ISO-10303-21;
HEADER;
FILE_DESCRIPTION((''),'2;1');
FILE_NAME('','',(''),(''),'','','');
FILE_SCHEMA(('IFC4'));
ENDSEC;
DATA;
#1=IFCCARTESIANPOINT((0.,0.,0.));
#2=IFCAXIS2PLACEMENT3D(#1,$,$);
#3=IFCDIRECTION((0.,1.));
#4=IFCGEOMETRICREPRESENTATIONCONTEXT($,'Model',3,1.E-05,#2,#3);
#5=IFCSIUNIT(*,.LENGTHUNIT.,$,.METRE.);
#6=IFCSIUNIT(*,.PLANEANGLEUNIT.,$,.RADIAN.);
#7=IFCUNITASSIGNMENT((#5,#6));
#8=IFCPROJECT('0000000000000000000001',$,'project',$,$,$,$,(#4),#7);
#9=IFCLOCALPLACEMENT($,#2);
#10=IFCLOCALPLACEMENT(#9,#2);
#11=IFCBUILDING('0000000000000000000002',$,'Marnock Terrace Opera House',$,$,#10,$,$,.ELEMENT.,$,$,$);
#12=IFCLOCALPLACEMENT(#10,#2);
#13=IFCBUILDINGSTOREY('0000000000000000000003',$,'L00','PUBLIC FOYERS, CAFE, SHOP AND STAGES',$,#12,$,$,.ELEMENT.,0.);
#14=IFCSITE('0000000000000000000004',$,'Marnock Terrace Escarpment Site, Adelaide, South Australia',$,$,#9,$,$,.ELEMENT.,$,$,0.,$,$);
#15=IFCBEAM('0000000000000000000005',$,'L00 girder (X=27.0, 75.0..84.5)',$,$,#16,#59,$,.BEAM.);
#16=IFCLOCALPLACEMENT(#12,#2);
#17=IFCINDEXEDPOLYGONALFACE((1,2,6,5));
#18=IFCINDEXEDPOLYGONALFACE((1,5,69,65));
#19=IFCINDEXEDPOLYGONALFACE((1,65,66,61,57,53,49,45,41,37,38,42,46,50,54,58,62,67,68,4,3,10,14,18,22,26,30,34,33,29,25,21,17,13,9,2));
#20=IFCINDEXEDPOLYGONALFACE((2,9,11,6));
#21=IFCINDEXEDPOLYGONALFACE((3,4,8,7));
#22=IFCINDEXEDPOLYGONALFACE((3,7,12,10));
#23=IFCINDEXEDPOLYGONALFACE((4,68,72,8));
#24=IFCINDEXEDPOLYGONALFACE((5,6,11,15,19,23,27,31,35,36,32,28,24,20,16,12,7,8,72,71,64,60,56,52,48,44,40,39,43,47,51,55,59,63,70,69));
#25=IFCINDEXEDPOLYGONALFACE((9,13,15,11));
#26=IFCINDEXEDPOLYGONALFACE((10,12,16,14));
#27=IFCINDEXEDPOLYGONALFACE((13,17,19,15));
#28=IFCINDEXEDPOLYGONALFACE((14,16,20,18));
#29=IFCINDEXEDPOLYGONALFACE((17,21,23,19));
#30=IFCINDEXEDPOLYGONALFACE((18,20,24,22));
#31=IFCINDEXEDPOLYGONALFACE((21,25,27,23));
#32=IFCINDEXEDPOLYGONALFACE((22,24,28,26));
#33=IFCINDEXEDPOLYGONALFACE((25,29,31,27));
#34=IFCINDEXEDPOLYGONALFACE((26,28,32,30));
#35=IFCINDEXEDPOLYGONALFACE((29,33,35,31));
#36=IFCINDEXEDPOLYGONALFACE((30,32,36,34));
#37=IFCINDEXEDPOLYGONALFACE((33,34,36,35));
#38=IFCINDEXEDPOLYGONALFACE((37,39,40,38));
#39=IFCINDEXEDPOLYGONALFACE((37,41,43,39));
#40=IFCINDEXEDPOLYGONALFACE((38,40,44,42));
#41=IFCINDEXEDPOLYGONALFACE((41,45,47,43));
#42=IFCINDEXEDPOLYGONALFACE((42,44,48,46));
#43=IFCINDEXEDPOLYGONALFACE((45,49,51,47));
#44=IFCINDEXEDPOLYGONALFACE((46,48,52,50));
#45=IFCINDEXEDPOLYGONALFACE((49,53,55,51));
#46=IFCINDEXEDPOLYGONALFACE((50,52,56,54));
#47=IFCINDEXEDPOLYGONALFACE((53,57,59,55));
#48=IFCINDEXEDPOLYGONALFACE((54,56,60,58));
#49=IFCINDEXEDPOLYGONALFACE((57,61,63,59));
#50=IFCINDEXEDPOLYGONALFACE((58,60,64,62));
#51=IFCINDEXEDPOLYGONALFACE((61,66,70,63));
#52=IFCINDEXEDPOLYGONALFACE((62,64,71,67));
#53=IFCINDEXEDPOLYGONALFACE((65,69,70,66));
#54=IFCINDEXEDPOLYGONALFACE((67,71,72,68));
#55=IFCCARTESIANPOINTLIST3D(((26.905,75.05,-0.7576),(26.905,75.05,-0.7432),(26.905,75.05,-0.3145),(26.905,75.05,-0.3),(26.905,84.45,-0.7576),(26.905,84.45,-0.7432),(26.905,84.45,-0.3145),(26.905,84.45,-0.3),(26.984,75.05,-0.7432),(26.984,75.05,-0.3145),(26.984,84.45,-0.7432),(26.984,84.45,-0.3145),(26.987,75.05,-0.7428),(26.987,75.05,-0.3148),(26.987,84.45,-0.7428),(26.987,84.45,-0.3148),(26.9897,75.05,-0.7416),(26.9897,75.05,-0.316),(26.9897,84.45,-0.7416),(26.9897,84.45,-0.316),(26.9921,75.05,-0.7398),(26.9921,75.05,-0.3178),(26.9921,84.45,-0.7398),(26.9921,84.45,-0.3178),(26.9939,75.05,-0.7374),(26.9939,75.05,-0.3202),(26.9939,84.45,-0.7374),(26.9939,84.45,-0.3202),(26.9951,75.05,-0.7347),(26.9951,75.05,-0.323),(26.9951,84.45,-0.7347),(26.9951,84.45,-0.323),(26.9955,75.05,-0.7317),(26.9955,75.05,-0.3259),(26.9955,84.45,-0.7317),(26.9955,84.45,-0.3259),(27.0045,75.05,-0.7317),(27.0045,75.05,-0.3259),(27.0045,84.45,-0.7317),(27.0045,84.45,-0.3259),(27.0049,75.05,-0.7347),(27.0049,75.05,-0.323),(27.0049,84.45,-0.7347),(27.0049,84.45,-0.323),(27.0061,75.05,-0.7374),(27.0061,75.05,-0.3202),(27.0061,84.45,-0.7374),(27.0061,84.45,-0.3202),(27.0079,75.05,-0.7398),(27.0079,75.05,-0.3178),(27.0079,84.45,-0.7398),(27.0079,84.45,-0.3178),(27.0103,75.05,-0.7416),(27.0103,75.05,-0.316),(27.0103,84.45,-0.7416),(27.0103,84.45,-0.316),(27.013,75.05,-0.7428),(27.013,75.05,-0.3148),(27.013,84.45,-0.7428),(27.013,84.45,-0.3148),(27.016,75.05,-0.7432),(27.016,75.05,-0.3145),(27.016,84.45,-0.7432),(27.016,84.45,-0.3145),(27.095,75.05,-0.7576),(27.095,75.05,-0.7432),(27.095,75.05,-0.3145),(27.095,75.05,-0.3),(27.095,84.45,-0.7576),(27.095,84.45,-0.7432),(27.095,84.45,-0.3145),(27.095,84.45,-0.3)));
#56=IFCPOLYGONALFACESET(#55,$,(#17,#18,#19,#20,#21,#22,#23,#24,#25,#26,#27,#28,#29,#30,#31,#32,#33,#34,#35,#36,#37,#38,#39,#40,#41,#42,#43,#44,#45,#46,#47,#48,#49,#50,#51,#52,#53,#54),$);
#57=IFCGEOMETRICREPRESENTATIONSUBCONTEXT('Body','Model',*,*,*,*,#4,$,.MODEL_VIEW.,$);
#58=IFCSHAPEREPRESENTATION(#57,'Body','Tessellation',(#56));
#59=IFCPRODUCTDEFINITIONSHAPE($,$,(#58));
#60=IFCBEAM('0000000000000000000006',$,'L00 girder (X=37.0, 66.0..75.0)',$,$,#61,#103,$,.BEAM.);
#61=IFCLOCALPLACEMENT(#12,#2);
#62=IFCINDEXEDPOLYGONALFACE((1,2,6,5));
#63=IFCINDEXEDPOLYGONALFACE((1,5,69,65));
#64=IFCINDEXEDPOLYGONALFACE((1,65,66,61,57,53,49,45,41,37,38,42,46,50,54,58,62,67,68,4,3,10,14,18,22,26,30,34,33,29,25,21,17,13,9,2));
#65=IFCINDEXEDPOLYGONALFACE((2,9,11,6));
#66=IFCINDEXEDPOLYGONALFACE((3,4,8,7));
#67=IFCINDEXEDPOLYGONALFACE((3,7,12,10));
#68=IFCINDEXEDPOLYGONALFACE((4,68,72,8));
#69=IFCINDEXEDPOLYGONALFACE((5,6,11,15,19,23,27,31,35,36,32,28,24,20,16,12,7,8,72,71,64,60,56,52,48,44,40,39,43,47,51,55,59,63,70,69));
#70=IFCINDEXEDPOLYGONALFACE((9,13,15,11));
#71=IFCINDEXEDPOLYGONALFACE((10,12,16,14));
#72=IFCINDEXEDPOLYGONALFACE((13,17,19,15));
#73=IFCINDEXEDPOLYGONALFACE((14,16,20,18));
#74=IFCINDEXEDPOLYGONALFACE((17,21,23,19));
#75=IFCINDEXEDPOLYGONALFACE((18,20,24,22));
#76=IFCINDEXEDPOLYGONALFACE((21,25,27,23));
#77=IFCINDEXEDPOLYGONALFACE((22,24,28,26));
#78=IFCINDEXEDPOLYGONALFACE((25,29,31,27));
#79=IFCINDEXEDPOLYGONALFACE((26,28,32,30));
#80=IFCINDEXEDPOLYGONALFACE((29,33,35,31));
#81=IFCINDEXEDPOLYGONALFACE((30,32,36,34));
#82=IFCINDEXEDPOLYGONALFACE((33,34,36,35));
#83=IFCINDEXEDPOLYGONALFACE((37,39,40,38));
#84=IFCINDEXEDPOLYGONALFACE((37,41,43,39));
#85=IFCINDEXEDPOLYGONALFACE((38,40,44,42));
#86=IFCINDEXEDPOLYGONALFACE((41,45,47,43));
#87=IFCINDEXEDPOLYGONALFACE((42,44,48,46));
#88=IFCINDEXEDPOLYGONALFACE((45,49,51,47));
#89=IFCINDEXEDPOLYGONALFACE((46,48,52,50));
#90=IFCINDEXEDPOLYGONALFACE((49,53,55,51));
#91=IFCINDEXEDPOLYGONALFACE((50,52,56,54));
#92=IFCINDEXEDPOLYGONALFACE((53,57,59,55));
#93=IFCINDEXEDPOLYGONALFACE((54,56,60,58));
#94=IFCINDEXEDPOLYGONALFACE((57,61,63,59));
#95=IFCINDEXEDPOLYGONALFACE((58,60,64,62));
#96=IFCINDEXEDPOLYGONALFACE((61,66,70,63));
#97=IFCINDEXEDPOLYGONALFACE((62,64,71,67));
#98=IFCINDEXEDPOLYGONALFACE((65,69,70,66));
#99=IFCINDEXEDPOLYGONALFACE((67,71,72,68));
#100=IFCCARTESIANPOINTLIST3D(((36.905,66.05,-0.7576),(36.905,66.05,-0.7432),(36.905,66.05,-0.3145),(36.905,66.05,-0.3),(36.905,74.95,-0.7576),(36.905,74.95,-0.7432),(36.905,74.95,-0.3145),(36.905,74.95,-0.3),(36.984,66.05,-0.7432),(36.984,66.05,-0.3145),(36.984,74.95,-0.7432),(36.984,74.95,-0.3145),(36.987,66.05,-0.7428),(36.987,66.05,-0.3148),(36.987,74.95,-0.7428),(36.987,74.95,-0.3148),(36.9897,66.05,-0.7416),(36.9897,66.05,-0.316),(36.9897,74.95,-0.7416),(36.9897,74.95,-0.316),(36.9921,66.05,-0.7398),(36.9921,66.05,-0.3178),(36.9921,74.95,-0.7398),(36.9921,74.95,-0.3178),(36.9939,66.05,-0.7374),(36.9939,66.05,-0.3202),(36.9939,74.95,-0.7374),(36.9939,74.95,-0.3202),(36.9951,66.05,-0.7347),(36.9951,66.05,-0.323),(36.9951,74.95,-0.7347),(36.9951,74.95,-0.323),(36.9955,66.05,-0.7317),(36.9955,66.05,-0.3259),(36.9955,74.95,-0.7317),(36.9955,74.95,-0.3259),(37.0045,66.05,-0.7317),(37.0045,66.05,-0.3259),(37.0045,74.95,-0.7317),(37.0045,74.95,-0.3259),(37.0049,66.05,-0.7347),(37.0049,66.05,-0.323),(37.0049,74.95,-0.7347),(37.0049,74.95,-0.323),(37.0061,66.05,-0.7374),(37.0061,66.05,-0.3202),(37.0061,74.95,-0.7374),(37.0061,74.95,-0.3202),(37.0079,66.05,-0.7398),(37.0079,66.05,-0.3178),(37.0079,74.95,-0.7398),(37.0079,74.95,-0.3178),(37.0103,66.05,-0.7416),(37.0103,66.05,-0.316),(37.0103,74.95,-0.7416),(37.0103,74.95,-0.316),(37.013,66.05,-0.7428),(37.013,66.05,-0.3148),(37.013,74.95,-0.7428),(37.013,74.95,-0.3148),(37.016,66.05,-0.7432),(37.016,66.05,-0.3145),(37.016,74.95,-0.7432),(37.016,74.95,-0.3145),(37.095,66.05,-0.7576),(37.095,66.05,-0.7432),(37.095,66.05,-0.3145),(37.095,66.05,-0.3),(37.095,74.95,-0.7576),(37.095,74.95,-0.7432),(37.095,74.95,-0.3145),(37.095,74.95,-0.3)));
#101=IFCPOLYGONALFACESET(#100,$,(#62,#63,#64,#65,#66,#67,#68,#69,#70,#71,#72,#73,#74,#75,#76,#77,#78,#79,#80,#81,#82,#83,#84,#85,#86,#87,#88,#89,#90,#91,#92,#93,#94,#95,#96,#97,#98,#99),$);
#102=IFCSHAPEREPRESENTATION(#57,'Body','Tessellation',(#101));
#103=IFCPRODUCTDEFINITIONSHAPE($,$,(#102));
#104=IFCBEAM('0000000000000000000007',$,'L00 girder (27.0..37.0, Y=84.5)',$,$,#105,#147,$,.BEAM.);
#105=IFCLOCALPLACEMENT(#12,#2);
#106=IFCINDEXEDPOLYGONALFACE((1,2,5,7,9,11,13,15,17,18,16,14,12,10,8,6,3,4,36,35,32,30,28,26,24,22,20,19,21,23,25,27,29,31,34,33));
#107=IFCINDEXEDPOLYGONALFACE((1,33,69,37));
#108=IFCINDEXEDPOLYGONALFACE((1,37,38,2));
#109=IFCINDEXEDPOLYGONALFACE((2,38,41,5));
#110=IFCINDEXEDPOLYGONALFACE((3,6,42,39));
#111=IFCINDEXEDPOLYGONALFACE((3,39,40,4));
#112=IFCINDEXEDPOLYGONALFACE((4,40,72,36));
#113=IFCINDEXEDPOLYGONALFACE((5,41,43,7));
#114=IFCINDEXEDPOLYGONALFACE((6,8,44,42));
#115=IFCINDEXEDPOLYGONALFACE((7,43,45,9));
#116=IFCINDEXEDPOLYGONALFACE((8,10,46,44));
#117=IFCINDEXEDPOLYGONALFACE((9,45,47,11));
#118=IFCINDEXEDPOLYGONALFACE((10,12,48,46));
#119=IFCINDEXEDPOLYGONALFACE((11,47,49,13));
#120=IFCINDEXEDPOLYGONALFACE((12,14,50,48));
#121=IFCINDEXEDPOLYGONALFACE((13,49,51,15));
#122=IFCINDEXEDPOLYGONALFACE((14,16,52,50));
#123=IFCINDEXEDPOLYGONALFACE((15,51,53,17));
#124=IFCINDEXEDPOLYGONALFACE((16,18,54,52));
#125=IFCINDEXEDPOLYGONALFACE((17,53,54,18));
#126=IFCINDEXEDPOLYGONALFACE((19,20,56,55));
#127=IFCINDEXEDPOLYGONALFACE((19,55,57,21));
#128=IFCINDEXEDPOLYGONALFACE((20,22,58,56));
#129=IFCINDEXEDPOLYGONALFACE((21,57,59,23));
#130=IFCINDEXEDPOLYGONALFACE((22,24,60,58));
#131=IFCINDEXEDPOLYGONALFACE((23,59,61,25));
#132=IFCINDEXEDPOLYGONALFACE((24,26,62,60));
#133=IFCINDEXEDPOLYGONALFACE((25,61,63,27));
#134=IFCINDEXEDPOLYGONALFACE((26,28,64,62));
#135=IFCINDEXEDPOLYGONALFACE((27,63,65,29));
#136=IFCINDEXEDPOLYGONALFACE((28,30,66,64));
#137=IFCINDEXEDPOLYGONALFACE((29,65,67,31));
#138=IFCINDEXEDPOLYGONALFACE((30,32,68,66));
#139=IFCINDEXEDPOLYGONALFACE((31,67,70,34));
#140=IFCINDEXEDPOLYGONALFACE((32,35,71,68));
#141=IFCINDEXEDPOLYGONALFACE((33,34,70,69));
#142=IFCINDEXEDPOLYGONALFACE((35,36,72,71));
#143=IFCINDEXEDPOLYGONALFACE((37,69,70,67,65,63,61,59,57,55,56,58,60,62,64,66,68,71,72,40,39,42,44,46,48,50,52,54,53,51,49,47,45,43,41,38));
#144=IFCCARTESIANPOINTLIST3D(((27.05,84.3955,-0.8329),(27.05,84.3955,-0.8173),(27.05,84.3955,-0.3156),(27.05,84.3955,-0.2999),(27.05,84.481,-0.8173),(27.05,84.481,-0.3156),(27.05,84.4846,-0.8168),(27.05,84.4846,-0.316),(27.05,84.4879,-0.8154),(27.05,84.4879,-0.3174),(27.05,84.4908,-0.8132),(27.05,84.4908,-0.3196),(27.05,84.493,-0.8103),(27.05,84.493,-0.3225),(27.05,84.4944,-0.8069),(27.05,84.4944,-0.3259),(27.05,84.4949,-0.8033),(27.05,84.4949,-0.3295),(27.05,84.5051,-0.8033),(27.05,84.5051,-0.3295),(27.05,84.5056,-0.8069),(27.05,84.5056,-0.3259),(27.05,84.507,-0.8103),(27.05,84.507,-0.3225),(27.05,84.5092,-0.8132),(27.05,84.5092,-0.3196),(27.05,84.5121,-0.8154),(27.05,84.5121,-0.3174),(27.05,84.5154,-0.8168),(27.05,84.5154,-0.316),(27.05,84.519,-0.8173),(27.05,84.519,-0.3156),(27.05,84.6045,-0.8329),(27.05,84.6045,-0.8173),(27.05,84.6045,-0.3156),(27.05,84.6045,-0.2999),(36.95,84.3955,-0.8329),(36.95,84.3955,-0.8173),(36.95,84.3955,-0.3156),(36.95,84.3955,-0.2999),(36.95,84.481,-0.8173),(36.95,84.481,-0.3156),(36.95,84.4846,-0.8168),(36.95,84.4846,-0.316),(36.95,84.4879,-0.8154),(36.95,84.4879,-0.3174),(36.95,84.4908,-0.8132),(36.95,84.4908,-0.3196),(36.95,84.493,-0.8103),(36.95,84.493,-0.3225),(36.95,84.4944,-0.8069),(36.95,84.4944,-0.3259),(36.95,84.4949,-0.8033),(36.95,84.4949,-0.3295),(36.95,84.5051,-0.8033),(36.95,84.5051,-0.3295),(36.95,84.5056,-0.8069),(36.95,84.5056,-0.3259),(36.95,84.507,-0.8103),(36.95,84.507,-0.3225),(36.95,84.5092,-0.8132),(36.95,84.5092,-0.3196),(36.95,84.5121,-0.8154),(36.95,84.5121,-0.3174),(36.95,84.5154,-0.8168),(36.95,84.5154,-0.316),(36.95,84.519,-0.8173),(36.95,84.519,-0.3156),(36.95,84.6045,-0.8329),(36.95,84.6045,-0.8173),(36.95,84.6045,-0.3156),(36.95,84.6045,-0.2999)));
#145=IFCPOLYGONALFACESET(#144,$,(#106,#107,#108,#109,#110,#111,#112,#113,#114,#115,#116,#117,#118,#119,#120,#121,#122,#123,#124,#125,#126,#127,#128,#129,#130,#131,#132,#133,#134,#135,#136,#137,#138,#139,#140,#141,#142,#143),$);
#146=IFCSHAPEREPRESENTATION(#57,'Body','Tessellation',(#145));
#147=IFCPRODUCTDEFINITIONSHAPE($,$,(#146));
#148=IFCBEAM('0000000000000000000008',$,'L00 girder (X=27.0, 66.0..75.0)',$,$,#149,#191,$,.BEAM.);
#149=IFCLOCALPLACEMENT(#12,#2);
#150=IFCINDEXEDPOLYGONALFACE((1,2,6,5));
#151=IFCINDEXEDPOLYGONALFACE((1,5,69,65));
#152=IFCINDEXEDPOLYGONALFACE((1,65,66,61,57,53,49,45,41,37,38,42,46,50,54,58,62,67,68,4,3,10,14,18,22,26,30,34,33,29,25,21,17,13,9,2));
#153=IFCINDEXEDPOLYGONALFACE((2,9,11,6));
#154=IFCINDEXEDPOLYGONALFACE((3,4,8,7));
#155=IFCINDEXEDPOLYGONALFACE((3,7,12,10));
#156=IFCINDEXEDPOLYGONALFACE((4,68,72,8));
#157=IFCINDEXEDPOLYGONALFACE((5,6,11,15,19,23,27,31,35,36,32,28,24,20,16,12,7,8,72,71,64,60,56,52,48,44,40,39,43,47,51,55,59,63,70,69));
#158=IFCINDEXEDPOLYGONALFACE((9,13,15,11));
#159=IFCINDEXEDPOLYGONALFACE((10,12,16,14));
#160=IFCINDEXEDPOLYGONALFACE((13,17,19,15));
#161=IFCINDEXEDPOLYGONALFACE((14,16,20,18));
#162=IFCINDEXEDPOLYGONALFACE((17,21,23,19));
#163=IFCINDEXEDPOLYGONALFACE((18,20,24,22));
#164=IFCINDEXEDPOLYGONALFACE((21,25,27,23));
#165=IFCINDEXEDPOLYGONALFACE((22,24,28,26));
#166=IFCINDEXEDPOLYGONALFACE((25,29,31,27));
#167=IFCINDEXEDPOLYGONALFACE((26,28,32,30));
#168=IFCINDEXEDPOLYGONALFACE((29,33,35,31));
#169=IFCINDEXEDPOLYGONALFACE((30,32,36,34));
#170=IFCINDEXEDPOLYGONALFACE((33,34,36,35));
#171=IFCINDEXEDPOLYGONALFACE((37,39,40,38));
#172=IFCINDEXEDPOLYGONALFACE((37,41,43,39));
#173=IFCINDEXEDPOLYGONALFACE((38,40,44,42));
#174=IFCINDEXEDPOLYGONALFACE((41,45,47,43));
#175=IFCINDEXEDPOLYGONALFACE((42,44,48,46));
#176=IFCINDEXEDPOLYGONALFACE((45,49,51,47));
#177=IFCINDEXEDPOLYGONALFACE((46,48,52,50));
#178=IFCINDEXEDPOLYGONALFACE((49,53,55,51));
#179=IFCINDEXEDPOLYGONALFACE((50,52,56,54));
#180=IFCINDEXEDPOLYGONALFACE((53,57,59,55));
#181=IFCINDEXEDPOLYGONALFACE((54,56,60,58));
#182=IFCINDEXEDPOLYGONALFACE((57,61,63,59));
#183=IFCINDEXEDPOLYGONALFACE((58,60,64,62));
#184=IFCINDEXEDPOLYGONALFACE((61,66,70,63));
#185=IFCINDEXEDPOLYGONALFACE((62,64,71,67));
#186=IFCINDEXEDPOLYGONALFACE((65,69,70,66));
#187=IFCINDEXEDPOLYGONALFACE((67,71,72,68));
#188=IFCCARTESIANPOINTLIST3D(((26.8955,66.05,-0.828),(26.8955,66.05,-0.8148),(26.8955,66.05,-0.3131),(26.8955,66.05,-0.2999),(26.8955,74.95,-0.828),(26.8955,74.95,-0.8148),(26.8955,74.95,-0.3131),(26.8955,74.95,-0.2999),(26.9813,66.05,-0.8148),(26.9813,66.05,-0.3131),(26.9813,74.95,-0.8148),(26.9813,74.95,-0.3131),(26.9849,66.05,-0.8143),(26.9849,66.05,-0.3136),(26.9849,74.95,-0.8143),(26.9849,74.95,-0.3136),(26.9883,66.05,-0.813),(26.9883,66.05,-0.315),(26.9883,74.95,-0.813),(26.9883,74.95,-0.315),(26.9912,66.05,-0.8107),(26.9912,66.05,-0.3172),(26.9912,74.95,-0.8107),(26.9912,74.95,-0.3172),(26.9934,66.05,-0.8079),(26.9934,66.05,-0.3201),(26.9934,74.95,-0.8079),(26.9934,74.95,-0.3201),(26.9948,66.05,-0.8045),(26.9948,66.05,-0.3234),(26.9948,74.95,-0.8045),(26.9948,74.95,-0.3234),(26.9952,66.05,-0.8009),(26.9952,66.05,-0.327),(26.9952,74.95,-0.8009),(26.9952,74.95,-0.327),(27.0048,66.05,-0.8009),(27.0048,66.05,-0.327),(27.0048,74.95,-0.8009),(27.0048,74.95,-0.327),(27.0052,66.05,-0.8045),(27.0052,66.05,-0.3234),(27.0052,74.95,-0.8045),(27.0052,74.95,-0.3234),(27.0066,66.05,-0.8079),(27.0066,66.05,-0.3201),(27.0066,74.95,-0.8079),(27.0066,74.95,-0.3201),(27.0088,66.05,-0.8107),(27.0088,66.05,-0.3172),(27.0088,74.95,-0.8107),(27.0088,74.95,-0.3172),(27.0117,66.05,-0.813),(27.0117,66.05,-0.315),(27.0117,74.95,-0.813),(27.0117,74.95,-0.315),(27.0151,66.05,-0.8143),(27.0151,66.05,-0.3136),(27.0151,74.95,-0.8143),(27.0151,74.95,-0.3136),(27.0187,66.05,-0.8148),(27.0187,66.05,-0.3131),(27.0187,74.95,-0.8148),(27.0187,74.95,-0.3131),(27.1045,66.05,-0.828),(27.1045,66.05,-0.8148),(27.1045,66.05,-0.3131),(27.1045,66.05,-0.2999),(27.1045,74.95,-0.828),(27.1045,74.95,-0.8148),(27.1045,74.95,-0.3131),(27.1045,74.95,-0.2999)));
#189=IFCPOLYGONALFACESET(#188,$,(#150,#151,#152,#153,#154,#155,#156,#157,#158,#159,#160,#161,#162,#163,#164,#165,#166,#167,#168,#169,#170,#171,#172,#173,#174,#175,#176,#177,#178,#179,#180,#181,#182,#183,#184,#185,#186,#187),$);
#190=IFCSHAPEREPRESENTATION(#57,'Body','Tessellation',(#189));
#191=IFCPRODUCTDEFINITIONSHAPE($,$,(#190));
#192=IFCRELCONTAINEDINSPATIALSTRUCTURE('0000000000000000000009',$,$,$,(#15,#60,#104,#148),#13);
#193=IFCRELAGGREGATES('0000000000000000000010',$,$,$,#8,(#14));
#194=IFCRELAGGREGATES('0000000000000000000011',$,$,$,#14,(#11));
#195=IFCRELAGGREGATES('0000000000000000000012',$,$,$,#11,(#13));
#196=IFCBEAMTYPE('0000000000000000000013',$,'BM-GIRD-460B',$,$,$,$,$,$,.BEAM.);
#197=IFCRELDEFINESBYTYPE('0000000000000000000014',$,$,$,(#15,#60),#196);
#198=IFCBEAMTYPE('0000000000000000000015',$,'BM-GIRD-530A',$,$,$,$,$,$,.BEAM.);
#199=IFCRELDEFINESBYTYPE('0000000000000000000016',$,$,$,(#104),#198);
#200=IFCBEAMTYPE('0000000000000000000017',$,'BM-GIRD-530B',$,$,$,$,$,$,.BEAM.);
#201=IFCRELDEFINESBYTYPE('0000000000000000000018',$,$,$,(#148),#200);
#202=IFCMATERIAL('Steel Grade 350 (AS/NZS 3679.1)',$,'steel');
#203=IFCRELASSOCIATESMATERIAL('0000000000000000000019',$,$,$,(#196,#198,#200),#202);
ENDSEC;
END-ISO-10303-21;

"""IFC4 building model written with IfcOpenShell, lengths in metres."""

from ifc_helpers import new_model, si_unit, direction, frame, origin, origin_2d, place, context, subcontext, project, spatial, i_section, extrude, material, material_profile, profile_set, type_object, element, save


model = new_model("IFC4")

# Units and contexts
model_context = context("Model", 3, precision=1e-05, world=origin(), true_north=direction((0.0, 1.0)))
body_context = subcontext(model_context, "Body", "Model", "MODEL_VIEW")
ifc_project = project(units=[si_unit("LENGTHUNIT", "METRE"), si_unit("PLANEANGLEUNIT", "RADIAN")], contexts=[model_context])

# Site, building, storey
site_placement = place(None, origin())
site = spatial("IfcSite", under=ifc_project, at=site_placement, Name="Marnock Terrace Escarpment Site, Adelaide, South Australia", CompositionType="ELEMENT", RefElevation=0.0)
building_placement = place(site_placement, origin())
building = spatial("IfcBuilding", under=site, at=building_placement, Name="Marnock Terrace Opera House", CompositionType="ELEMENT")
storey_placement = place(building_placement, origin())
storey = spatial("IfcBuildingStorey", under=building, at=storey_placement, Name="L00", Description="PUBLIC FOYERS, CAFE, SHOP AND STAGES", CompositionType="ELEMENT", Elevation=0.0)

# Shared definitions
ifc_material_1 = material(Name="Steel Grade 350 (AS/NZS 3679.1)", Category="steel")

# Beams
ifc_material_profile_1 = material_profile(ifc_material_1, i_section(OverallWidth=0.1899, OverallDepth=0.4575, WebThickness=0.009, FlangeThickness=0.0144, FilletRadius=0.0115, at=origin_2d()))
ifc_profile_set_1 = profile_set([ifc_material_profile_1], Name="Steel Grade 350 (AS/NZS 3679.1)")
beam_type_1 = type_object("IfcBeamType", Name="BM-GIRD-460B", PredefinedType="BEAM", material=ifc_profile_set_1)
beam_1_placement = place(storey_placement, frame((27.0, 75.05, -0.5288), z_axis=(0.0, 1.0, 0.0), x_axis=(-1.0, 0.0, 0.0)))
element("IfcBeam", 1, at=beam_1_placement, inside=storey, type_object=beam_type_1, Name="L00 girder (X=27.0, 75.0..84.5)", PredefinedType="BEAM", context=body_context, shape_type="SweptSolid", body=[
    extrude(i_section(OverallWidth=0.1899, OverallDepth=0.4575, WebThickness=0.009, FlangeThickness=0.0144, FilletRadius=0.0115, at=origin_2d()), origin(), (0.0, 0.0, 1.0), 9.3999),
])
beam_2_placement = place(storey_placement, frame((37.0, 66.05, -0.5288), z_axis=(0.0, 1.0, 0.0), x_axis=(-1.0, 0.0, 0.0)))
element("IfcBeam", 2, at=beam_2_placement, inside=storey, type_object=beam_type_1, Name="L00 girder (X=37.0, 66.0..75.0)", PredefinedType="BEAM", context=body_context, shape_type="SweptSolid", body=[
    extrude(i_section(OverallWidth=0.1899, OverallDepth=0.4575, WebThickness=0.009, FlangeThickness=0.0144, FilletRadius=0.0115, at=origin_2d()), origin(), (0.0, 0.0, 1.0), 8.8999),
])
ifc_material_profile_2 = material_profile(ifc_material_1, i_section(OverallWidth=0.209, OverallDepth=0.533, WebThickness=0.0103, FlangeThickness=0.0156, FilletRadius=0.0139, at=origin_2d()))
ifc_profile_set_2 = profile_set([ifc_material_profile_2], Name="Steel Grade 350 (AS/NZS 3679.1)")
beam_type_2 = type_object("IfcBeamType", Name="BM-GIRD-530A", PredefinedType="BEAM", material=ifc_profile_set_2)
beam_3_placement = place(storey_placement, frame((27.05, 84.5, -0.5664), z_axis=(1.0, 0.0, 0.0), x_axis=(0.0, 1.0, 0.0)))
element("IfcBeam", 3, at=beam_3_placement, inside=storey, type_object=beam_type_2, Name="L00 girder (27.0..37.0, Y=84.5)", PredefinedType="BEAM", context=body_context, shape_type="SweptSolid", body=[
    extrude(i_section(OverallWidth=0.209, OverallDepth=0.533, WebThickness=0.0103, FlangeThickness=0.0156, FilletRadius=0.0139, at=origin_2d()), origin(), (0.0, 0.0, 1.0), 9.8999),
])
ifc_material_profile_3 = material_profile(ifc_material_1, i_section(OverallWidth=0.209, OverallDepth=0.5281, WebThickness=0.0095, FlangeThickness=0.0132, FilletRadius=0.0139, at=origin_2d()))
ifc_profile_set_3 = profile_set([ifc_material_profile_3], Name="Steel Grade 350 (AS/NZS 3679.1)")
beam_type_3 = type_object("IfcBeamType", Name="BM-GIRD-530B", PredefinedType="BEAM", material=ifc_profile_set_3)
beam_4_placement = place(storey_placement, frame((27.0, 66.05, -0.564), z_axis=(0.0, 1.0, 0.0), x_axis=(-1.0, 0.0, 0.0)))
element("IfcBeam", 4, at=beam_4_placement, inside=storey, type_object=beam_type_3, Name="L00 girder (X=27.0, 66.0..75.0)", PredefinedType="BEAM", context=body_context, shape_type="SweptSolid", body=[
    extrude(i_section(OverallWidth=0.209, OverallDepth=0.5281, WebThickness=0.0095, FlangeThickness=0.0132, FilletRadius=0.0139, at=origin_2d()), origin(), (0.0, 0.0, 1.0), 8.8999),
])

save(model, "model.ifc")
